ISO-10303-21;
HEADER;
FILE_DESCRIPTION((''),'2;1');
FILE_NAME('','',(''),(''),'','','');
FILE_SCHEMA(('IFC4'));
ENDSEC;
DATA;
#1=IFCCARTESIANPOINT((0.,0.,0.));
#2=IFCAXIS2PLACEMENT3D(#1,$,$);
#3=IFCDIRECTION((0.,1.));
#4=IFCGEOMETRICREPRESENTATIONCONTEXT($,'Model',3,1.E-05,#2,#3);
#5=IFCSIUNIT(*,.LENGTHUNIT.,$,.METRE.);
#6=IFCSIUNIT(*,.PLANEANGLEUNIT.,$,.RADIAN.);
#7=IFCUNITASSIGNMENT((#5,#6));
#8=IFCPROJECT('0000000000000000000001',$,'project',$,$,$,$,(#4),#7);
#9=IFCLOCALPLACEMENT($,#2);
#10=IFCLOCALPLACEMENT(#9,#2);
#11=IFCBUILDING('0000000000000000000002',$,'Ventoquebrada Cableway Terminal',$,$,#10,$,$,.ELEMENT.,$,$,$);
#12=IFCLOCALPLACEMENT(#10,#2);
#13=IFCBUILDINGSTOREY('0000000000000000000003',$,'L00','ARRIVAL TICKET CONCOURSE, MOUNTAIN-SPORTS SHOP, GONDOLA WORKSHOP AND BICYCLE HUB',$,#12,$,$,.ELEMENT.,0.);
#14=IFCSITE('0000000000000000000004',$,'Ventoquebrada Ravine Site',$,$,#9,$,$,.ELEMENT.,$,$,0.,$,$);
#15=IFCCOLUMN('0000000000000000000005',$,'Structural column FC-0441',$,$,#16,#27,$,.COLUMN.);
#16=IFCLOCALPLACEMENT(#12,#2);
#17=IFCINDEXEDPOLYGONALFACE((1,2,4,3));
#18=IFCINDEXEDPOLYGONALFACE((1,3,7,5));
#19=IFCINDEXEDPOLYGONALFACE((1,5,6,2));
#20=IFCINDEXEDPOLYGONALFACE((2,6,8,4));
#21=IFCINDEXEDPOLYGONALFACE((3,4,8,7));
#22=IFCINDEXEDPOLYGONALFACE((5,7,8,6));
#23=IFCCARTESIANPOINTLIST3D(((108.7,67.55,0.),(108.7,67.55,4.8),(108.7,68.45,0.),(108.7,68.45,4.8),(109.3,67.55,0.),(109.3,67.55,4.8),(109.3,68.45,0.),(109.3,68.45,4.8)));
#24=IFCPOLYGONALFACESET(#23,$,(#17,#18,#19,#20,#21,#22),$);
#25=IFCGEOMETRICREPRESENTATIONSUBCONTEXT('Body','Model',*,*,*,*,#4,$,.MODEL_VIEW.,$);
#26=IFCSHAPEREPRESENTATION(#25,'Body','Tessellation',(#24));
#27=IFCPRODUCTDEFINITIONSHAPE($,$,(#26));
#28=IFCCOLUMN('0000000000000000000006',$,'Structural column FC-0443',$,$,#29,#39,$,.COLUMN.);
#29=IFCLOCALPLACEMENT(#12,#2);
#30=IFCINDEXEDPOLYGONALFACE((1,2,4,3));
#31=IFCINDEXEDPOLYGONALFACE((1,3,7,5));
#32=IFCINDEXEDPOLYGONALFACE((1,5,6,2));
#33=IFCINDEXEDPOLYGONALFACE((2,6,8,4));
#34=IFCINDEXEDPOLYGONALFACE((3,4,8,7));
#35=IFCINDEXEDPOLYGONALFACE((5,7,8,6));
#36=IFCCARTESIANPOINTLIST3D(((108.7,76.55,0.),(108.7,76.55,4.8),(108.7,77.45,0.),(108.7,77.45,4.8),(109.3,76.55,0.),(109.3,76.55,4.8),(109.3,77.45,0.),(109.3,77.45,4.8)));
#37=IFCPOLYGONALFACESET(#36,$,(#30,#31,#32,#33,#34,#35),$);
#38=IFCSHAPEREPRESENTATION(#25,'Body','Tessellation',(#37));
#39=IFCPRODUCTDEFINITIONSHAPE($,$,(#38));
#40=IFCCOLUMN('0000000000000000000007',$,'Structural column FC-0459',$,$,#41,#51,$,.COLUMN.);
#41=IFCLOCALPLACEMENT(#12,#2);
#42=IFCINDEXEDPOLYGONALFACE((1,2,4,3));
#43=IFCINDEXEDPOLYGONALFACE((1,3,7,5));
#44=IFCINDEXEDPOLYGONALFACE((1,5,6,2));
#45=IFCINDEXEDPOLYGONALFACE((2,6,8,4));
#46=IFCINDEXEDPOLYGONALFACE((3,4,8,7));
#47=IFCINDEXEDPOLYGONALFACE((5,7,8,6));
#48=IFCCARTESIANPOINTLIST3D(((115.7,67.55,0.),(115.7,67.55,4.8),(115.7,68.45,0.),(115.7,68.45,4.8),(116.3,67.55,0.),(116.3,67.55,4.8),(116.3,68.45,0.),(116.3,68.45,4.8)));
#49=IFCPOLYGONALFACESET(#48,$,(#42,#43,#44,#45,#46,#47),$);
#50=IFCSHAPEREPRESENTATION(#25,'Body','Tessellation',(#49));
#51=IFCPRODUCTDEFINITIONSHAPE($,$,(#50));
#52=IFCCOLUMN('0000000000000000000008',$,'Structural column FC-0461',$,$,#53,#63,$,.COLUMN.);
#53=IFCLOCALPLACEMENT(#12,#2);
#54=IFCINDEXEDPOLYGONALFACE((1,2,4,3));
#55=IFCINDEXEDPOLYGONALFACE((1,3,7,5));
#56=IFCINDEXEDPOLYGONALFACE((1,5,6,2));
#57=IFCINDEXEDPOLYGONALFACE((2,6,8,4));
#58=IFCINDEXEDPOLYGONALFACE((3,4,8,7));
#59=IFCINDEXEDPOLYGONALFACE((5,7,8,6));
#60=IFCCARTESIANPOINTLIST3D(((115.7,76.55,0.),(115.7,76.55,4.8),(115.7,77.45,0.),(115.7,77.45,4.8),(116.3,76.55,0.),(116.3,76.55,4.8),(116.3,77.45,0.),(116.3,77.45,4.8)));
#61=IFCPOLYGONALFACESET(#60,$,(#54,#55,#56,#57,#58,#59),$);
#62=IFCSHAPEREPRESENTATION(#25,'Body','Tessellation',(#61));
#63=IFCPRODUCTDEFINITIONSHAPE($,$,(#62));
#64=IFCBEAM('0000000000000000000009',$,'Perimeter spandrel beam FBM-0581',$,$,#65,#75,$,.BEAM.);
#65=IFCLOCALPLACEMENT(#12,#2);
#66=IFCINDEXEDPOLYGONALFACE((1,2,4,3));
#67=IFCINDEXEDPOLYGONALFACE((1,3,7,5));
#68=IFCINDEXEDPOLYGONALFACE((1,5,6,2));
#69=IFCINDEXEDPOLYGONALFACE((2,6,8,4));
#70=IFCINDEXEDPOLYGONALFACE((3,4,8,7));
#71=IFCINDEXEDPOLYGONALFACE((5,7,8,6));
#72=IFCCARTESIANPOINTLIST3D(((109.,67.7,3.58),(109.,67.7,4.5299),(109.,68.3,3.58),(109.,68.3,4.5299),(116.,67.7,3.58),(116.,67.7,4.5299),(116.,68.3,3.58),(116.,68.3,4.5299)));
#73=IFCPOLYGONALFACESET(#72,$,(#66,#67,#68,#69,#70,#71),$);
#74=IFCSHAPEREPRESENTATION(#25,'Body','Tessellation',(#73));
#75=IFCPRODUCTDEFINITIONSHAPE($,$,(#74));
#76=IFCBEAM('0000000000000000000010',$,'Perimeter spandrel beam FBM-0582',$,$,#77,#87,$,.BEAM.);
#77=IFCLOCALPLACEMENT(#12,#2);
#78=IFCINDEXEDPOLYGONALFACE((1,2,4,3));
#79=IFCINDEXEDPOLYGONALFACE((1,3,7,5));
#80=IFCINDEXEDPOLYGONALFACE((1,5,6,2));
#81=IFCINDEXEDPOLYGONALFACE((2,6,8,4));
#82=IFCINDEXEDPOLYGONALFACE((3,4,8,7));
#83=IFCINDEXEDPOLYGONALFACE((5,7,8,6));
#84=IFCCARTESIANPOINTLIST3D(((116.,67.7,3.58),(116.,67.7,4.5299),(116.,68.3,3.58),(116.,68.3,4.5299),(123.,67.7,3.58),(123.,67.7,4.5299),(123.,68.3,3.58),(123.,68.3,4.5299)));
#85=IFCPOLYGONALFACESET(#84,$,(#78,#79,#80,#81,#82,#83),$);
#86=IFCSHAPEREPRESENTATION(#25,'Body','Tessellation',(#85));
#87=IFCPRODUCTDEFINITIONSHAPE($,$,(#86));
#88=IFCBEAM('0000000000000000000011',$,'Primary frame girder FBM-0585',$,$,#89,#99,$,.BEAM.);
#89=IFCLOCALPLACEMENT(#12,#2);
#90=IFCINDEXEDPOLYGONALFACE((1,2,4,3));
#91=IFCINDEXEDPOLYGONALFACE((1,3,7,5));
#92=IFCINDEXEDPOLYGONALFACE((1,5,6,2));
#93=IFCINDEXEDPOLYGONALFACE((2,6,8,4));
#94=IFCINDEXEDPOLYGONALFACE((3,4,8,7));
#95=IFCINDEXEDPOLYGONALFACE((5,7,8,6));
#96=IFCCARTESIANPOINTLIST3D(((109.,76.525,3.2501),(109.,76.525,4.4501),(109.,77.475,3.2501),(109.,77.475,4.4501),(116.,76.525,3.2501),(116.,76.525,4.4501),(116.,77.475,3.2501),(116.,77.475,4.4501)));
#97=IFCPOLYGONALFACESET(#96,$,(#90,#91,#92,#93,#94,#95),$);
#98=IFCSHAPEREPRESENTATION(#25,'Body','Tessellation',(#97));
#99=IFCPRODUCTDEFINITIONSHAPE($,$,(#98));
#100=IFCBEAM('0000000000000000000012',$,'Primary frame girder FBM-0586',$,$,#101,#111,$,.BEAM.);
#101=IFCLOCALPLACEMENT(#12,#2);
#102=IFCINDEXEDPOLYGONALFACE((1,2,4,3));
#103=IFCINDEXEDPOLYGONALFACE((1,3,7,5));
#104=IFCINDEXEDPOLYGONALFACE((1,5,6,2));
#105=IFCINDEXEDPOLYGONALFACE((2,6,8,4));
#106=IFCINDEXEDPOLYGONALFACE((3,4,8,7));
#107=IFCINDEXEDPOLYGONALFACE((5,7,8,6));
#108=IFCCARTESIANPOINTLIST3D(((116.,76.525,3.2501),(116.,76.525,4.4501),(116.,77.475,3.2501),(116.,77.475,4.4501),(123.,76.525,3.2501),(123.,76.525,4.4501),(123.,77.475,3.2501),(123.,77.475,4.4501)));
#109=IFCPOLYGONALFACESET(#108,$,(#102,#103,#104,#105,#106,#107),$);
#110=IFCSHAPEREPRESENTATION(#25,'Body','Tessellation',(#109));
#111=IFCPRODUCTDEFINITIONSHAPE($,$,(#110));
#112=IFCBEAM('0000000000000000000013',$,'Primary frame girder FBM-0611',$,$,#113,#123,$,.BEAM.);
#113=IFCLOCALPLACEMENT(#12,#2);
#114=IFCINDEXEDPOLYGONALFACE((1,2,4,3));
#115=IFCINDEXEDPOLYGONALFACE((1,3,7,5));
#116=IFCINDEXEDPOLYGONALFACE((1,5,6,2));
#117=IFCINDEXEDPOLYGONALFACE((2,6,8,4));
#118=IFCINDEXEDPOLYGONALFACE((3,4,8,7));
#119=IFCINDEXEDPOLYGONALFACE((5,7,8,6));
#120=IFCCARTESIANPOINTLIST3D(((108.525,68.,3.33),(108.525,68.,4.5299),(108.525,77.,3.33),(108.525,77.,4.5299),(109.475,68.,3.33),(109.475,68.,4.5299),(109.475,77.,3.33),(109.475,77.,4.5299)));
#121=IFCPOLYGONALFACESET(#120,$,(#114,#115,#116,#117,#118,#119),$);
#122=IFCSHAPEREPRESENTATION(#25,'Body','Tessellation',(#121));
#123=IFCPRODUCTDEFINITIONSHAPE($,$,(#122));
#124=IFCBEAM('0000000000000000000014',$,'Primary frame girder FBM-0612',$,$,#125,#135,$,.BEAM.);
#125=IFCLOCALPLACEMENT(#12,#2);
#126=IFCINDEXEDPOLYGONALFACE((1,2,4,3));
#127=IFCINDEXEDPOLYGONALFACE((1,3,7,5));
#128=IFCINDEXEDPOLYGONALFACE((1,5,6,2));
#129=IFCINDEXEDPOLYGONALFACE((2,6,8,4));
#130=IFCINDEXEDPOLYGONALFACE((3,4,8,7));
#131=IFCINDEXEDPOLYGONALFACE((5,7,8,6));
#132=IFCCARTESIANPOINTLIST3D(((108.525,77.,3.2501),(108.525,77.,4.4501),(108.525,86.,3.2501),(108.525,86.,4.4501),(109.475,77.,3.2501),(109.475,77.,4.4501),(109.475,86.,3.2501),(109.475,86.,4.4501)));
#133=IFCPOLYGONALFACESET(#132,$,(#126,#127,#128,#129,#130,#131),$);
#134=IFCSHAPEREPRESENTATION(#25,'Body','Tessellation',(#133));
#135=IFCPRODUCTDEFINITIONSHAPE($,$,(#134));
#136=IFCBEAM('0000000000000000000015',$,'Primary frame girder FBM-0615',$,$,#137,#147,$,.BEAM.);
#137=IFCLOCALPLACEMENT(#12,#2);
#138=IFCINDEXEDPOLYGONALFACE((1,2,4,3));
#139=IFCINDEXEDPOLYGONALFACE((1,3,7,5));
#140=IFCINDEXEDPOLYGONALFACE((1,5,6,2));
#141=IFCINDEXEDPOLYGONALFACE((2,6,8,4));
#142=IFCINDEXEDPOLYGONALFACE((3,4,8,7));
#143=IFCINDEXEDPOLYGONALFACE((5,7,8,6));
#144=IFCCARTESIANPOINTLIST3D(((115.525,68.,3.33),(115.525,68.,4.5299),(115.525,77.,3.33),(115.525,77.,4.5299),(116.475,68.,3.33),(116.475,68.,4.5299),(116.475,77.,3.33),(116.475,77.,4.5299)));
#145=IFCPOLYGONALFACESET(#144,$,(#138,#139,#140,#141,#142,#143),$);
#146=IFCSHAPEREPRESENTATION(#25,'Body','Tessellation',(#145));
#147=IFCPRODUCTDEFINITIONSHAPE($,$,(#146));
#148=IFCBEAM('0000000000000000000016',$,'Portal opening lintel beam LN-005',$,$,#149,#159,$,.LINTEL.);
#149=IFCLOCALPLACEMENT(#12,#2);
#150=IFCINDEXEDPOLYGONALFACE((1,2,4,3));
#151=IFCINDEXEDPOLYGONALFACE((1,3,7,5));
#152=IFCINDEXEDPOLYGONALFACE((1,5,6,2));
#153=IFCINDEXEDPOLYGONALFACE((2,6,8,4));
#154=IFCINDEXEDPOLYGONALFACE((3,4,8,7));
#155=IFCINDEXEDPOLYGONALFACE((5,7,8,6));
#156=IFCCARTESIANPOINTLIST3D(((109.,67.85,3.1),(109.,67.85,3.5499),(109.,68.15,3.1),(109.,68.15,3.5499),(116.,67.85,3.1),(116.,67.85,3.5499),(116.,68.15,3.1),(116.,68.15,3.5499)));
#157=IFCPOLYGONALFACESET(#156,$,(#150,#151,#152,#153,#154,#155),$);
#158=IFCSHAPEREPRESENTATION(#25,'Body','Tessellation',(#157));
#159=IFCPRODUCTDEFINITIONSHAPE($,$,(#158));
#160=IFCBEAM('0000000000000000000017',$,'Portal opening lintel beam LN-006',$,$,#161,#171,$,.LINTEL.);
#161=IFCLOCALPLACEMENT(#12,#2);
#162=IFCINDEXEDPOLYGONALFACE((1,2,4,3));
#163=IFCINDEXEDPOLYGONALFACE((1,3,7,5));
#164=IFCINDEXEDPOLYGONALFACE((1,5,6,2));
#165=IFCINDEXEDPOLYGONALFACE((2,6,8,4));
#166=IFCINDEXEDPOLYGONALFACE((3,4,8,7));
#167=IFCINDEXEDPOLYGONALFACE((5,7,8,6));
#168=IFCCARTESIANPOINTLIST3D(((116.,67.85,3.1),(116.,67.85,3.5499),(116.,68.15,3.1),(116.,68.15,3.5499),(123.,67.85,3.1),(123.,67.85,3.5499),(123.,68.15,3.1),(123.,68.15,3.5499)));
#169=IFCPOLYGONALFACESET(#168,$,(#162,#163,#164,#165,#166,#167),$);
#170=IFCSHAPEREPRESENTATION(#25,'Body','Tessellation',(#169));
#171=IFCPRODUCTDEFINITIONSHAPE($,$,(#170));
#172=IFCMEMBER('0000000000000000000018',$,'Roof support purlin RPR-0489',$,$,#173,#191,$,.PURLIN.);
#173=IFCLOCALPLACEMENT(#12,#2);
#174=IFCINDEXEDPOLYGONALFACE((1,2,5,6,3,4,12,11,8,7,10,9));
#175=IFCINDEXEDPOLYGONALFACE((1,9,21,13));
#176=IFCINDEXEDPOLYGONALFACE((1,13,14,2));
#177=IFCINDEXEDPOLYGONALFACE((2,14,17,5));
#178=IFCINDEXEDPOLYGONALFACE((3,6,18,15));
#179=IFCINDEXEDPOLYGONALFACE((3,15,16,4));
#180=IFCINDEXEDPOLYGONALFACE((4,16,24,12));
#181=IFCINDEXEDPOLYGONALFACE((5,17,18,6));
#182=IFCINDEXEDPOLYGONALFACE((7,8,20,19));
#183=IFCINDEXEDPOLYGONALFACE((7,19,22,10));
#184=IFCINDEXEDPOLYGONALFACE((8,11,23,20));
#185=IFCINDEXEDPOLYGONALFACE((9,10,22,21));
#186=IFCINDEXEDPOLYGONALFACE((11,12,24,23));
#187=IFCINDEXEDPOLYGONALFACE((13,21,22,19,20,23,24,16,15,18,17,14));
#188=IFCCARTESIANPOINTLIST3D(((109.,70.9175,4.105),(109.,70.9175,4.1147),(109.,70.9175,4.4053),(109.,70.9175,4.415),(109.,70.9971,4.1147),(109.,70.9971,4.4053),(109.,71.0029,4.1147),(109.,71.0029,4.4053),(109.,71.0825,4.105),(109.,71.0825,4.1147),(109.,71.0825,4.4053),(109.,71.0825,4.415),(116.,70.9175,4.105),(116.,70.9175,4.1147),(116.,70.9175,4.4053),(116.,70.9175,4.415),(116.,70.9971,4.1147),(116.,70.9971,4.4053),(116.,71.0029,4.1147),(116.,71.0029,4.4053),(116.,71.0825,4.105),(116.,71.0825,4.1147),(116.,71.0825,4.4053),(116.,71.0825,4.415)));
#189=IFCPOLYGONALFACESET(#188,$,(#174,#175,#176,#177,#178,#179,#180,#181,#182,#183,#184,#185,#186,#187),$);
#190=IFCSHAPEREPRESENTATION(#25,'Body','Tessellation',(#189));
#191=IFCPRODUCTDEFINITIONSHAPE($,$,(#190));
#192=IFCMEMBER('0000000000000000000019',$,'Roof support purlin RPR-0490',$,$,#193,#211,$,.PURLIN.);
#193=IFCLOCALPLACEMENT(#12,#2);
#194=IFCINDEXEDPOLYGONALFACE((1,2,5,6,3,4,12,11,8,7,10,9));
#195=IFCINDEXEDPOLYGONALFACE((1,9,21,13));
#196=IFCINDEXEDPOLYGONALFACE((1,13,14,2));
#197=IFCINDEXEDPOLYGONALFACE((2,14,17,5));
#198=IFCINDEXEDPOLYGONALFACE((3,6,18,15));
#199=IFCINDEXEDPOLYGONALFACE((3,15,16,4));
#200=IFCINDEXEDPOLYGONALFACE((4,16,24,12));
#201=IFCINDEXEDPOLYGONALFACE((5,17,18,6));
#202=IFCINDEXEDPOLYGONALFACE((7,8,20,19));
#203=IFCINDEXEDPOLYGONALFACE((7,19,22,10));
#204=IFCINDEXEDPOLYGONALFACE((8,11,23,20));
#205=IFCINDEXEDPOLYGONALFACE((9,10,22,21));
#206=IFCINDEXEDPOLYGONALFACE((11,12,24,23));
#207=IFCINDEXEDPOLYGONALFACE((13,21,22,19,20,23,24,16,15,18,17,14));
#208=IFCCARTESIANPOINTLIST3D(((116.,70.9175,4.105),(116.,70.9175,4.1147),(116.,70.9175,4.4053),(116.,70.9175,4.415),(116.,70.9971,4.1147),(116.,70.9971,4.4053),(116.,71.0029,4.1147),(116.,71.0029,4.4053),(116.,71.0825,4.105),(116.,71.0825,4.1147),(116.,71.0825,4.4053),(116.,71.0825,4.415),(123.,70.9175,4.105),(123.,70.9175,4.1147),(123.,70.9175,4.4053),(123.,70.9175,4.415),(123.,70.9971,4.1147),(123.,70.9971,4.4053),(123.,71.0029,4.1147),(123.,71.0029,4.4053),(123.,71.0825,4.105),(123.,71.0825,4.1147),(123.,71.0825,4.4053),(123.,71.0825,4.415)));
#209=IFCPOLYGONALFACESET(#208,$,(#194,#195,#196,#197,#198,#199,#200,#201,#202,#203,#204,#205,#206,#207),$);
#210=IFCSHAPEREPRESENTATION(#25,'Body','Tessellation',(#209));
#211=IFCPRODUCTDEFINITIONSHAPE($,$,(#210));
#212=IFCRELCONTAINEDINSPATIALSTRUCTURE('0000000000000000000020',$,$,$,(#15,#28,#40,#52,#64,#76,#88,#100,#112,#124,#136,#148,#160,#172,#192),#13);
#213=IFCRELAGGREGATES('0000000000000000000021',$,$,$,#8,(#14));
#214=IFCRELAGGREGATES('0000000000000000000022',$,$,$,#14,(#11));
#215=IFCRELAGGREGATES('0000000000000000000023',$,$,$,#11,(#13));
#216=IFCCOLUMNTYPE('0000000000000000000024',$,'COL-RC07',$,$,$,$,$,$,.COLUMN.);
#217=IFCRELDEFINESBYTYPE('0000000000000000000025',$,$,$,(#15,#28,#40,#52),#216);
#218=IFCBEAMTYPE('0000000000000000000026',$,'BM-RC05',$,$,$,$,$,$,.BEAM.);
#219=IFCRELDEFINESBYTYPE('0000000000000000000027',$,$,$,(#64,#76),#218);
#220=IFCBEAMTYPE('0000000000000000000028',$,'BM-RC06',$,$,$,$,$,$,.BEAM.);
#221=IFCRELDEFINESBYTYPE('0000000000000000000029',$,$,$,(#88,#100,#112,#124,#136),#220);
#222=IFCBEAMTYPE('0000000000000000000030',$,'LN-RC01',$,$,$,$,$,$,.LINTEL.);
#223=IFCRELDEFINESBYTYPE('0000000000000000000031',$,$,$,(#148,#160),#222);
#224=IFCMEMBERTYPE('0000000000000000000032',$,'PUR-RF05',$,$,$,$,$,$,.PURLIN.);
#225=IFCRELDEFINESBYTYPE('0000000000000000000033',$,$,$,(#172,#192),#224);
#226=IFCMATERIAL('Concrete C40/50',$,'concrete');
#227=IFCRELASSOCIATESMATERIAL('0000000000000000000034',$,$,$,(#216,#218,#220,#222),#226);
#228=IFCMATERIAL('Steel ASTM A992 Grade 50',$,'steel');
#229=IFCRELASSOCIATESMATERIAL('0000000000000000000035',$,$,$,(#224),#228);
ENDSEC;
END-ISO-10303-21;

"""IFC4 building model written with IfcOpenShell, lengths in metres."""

from ifc_helpers import new_model, si_unit, direction, frame, origin, origin_2d, place, context, subcontext, project, spatial, rectangle, i_section, extrude, material, material_profile, profile_set, type_object, element, save


model = new_model("IFC4")

# Units and contexts
model_context = context("Model", 3, precision=1e-05, world=origin(), true_north=direction((0.0, 1.0)))
body_context = subcontext(model_context, "Body", "Model", "MODEL_VIEW")
ifc_project = project(units=[si_unit("LENGTHUNIT", "METRE"), si_unit("PLANEANGLEUNIT", "RADIAN")], contexts=[model_context])

# Site, building, storey
site_placement = place(None, origin())
site = spatial("IfcSite", under=ifc_project, at=site_placement, Name="Ventoquebrada Ravine Site", CompositionType="ELEMENT", RefElevation=0.0)
building_placement = place(site_placement, origin())
building = spatial("IfcBuilding", under=site, at=building_placement, Name="Ventoquebrada Cableway Terminal", CompositionType="ELEMENT")
storey_placement = place(building_placement, origin())
storey = spatial("IfcBuildingStorey", under=building, at=storey_placement, Name="L00", Description="ARRIVAL TICKET CONCOURSE, MOUNTAIN-SPORTS SHOP, GONDOLA WORKSHOP AND BICYCLE HUB", CompositionType="ELEMENT", Elevation=0.0)

# Columns
ifc_material_1 = material(Name="Concrete C40/50", Category="concrete")
ifc_material_profile_1 = material_profile(ifc_material_1, rectangle(XDim=0.6001, YDim=0.8999, at=origin_2d()), Name="RC-COL-900X600")
ifc_profile_set_1 = profile_set([ifc_material_profile_1], Name="Concrete C40/50")
column_type = type_object("IfcColumnType", Name="COL-RC07", PredefinedType="COLUMN", material=ifc_profile_set_1)
for number, where, z_axis, x_axis, name in (
    (1, (109.0, 68.0, 0.0), (0.0, 0.0, 1.0), (1.0, 0.0, 0.0), "Structural column FC-0441"),
    (2, (109.0, 77.0, 0.0), (0.0, 0.0, 1.0), (1.0, 0.0, 0.0), "Structural column FC-0443"),
    (3, (116.0, 68.0, 0.0), (0.0, 0.0, 1.0), (1.0, 0.0, 0.0), "Structural column FC-0459"),
    (4, (116.0, 77.0, 0.0), (0.0, 0.0, 1.0), (1.0, 0.0, 0.0), "Structural column FC-0461"),
):
    element("IfcColumn", number, at=place(storey_placement, frame(where, z_axis=z_axis, x_axis=x_axis)), inside=storey, type_object=column_type, Name=name, PredefinedType="COLUMN", context=body_context, shape_type="SweptSolid", body=[
        extrude(rectangle(XDim=0.6001, YDim=0.8999, at=origin_2d()), origin(), (0.0, 0.0, 1.0), 4.8),
    ])

# Beams
ifc_material_profile_2 = material_profile(ifc_material_1, rectangle(XDim=0.6001, YDim=0.95, at=origin_2d()), Name="RC-BM-600X950")
ifc_profile_set_2 = profile_set([ifc_material_profile_2], Name="Concrete C40/50")
beam_type_1 = type_object("IfcBeamType", Name="BM-RC05", PredefinedType="BEAM", material=ifc_profile_set_2)
for number, where, z_axis, x_axis, name in (
    (5, (109.0, 68.0, 4.0549), (1.0, 0.0, 0.0), (0.0, 1.0, 0.0), "Perimeter spandrel beam FBM-0581"),
    (6, (116.0, 68.0, 4.0549), (1.0, 0.0, 0.0), (0.0, 1.0, 0.0), "Perimeter spandrel beam FBM-0582"),
):
    element("IfcBeam", number, at=place(storey_placement, frame(where, z_axis=z_axis, x_axis=x_axis)), inside=storey, type_object=beam_type_1, Name=name, PredefinedType="BEAM", context=body_context, shape_type="SweptSolid", body=[
        extrude(rectangle(XDim=0.6001, YDim=0.95, at=origin_2d()), origin(), (0.0, 0.0, 1.0), 7.0),
    ])
ifc_material_profile_3 = material_profile(ifc_material_1, rectangle(XDim=0.95, YDim=1.2, at=origin_2d()), Name="RC-BM-950X1200")
ifc_profile_set_3 = profile_set([ifc_material_profile_3], Name="Concrete C40/50")
beam_type_2 = type_object("IfcBeamType", Name="BM-RC06", PredefinedType="BEAM", material=ifc_profile_set_3)
for number, where, z_axis, x_axis, name in (
    (7, (109.0, 77.0, 3.8501), (1.0, 0.0, 0.0), (0.0, 1.0, 0.0), "Primary frame girder FBM-0585"),
    (8, (116.0, 77.0, 3.8501), (1.0, 0.0, 0.0), (0.0, 1.0, 0.0), "Primary frame girder FBM-0586"),
):
    element("IfcBeam", number, at=place(storey_placement, frame(where, z_axis=z_axis, x_axis=x_axis)), inside=storey, type_object=beam_type_2, Name=name, PredefinedType="BEAM", context=body_context, shape_type="SweptSolid", body=[
        extrude(rectangle(XDim=0.95, YDim=1.2, at=origin_2d()), origin(), (0.0, 0.0, 1.0), 7.0),
    ])
for number, where, z_axis, x_axis, name in (
    (9, (109.0, 68.0, 3.9299), (0.0, 1.0, 0.0), (-1.0, 0.0, 0.0), "Primary frame girder FBM-0611"),
    (10, (109.0, 77.0, 3.8501), (0.0, 1.0, 0.0), (-1.0, 0.0, 0.0), "Primary frame girder FBM-0612"),
    (11, (116.0, 68.0, 3.9299), (0.0, 1.0, 0.0), (-1.0, 0.0, 0.0), "Primary frame girder FBM-0615"),
):
    element("IfcBeam", number, at=place(storey_placement, frame(where, z_axis=z_axis, x_axis=x_axis)), inside=storey, type_object=beam_type_2, Name=name, PredefinedType="BEAM", context=body_context, shape_type="SweptSolid", body=[
        extrude(rectangle(XDim=0.95, YDim=1.2, at=origin_2d()), origin(), (0.0, 0.0, 1.0), 9.0),
    ])
ifc_material_profile_4 = material_profile(ifc_material_1, rectangle(XDim=0.3, YDim=0.45, at=origin_2d()), Name="RC-LNT-300X450")
ifc_profile_set_4 = profile_set([ifc_material_profile_4], Name="Concrete C40/50")
beam_type_3 = type_object("IfcBeamType", Name="LN-RC01", PredefinedType="LINTEL", material=ifc_profile_set_4)
for number, where, z_axis, x_axis, name in (
    (12, (109.0, 68.0, 3.325), (1.0, 0.0, 0.0), (0.0, 1.0, 0.0), "Portal opening lintel beam LN-005"),
    (13, (116.0, 68.0, 3.325), (1.0, 0.0, 0.0), (0.0, 1.0, 0.0), "Portal opening lintel beam LN-006"),
):
    element("IfcBeam", number, at=place(storey_placement, frame(where, z_axis=z_axis, x_axis=x_axis)), inside=storey, type_object=beam_type_3, Name=name, PredefinedType="LINTEL", context=body_context, shape_type="SweptSolid", body=[
        extrude(rectangle(XDim=0.3, YDim=0.45, at=origin_2d()), origin(), (0.0, 0.0, 1.0), 7.0),
    ])

# Members
ifc_material_2 = material(Name="Steel ASTM A992 Grade 50", Category="steel")
ifc_material_profile_5 = material_profile(ifc_material_2, i_section(OverallWidth=0.165, OverallDepth=0.3101, WebThickness=0.0059, FlangeThickness=0.0098, at=origin_2d()), Name="W12X26")
ifc_profile_set_5 = profile_set([ifc_material_profile_5], Name="Steel ASTM A992 Grade 50")
member_type = type_object("IfcMemberType", Name="PUR-RF05", PredefinedType="PURLIN", material=ifc_profile_set_5)
for number, where, z_axis, x_axis, name in (
    (14, (109.0, 71.0, 4.26), (1.0, 0.0, 0.0), (0.0, 1.0, 0.0), "Roof support purlin RPR-0489"),
    (15, (116.0, 71.0, 4.26), (1.0, 0.0, 0.0), (0.0, 1.0, 0.0), "Roof support purlin RPR-0490"),
):
    element("IfcMember", number, at=place(storey_placement, frame(where, z_axis=z_axis, x_axis=x_axis)), inside=storey, type_object=member_type, Name=name, PredefinedType="PURLIN", context=body_context, shape_type="SweptSolid", body=[
        extrude(i_section(OverallWidth=0.165, OverallDepth=0.3101, WebThickness=0.0059, FlangeThickness=0.0098, at=origin_2d()), origin(), (0.0, 0.0, 1.0), 7.0),
    ])

save(model, "model.ifc")
